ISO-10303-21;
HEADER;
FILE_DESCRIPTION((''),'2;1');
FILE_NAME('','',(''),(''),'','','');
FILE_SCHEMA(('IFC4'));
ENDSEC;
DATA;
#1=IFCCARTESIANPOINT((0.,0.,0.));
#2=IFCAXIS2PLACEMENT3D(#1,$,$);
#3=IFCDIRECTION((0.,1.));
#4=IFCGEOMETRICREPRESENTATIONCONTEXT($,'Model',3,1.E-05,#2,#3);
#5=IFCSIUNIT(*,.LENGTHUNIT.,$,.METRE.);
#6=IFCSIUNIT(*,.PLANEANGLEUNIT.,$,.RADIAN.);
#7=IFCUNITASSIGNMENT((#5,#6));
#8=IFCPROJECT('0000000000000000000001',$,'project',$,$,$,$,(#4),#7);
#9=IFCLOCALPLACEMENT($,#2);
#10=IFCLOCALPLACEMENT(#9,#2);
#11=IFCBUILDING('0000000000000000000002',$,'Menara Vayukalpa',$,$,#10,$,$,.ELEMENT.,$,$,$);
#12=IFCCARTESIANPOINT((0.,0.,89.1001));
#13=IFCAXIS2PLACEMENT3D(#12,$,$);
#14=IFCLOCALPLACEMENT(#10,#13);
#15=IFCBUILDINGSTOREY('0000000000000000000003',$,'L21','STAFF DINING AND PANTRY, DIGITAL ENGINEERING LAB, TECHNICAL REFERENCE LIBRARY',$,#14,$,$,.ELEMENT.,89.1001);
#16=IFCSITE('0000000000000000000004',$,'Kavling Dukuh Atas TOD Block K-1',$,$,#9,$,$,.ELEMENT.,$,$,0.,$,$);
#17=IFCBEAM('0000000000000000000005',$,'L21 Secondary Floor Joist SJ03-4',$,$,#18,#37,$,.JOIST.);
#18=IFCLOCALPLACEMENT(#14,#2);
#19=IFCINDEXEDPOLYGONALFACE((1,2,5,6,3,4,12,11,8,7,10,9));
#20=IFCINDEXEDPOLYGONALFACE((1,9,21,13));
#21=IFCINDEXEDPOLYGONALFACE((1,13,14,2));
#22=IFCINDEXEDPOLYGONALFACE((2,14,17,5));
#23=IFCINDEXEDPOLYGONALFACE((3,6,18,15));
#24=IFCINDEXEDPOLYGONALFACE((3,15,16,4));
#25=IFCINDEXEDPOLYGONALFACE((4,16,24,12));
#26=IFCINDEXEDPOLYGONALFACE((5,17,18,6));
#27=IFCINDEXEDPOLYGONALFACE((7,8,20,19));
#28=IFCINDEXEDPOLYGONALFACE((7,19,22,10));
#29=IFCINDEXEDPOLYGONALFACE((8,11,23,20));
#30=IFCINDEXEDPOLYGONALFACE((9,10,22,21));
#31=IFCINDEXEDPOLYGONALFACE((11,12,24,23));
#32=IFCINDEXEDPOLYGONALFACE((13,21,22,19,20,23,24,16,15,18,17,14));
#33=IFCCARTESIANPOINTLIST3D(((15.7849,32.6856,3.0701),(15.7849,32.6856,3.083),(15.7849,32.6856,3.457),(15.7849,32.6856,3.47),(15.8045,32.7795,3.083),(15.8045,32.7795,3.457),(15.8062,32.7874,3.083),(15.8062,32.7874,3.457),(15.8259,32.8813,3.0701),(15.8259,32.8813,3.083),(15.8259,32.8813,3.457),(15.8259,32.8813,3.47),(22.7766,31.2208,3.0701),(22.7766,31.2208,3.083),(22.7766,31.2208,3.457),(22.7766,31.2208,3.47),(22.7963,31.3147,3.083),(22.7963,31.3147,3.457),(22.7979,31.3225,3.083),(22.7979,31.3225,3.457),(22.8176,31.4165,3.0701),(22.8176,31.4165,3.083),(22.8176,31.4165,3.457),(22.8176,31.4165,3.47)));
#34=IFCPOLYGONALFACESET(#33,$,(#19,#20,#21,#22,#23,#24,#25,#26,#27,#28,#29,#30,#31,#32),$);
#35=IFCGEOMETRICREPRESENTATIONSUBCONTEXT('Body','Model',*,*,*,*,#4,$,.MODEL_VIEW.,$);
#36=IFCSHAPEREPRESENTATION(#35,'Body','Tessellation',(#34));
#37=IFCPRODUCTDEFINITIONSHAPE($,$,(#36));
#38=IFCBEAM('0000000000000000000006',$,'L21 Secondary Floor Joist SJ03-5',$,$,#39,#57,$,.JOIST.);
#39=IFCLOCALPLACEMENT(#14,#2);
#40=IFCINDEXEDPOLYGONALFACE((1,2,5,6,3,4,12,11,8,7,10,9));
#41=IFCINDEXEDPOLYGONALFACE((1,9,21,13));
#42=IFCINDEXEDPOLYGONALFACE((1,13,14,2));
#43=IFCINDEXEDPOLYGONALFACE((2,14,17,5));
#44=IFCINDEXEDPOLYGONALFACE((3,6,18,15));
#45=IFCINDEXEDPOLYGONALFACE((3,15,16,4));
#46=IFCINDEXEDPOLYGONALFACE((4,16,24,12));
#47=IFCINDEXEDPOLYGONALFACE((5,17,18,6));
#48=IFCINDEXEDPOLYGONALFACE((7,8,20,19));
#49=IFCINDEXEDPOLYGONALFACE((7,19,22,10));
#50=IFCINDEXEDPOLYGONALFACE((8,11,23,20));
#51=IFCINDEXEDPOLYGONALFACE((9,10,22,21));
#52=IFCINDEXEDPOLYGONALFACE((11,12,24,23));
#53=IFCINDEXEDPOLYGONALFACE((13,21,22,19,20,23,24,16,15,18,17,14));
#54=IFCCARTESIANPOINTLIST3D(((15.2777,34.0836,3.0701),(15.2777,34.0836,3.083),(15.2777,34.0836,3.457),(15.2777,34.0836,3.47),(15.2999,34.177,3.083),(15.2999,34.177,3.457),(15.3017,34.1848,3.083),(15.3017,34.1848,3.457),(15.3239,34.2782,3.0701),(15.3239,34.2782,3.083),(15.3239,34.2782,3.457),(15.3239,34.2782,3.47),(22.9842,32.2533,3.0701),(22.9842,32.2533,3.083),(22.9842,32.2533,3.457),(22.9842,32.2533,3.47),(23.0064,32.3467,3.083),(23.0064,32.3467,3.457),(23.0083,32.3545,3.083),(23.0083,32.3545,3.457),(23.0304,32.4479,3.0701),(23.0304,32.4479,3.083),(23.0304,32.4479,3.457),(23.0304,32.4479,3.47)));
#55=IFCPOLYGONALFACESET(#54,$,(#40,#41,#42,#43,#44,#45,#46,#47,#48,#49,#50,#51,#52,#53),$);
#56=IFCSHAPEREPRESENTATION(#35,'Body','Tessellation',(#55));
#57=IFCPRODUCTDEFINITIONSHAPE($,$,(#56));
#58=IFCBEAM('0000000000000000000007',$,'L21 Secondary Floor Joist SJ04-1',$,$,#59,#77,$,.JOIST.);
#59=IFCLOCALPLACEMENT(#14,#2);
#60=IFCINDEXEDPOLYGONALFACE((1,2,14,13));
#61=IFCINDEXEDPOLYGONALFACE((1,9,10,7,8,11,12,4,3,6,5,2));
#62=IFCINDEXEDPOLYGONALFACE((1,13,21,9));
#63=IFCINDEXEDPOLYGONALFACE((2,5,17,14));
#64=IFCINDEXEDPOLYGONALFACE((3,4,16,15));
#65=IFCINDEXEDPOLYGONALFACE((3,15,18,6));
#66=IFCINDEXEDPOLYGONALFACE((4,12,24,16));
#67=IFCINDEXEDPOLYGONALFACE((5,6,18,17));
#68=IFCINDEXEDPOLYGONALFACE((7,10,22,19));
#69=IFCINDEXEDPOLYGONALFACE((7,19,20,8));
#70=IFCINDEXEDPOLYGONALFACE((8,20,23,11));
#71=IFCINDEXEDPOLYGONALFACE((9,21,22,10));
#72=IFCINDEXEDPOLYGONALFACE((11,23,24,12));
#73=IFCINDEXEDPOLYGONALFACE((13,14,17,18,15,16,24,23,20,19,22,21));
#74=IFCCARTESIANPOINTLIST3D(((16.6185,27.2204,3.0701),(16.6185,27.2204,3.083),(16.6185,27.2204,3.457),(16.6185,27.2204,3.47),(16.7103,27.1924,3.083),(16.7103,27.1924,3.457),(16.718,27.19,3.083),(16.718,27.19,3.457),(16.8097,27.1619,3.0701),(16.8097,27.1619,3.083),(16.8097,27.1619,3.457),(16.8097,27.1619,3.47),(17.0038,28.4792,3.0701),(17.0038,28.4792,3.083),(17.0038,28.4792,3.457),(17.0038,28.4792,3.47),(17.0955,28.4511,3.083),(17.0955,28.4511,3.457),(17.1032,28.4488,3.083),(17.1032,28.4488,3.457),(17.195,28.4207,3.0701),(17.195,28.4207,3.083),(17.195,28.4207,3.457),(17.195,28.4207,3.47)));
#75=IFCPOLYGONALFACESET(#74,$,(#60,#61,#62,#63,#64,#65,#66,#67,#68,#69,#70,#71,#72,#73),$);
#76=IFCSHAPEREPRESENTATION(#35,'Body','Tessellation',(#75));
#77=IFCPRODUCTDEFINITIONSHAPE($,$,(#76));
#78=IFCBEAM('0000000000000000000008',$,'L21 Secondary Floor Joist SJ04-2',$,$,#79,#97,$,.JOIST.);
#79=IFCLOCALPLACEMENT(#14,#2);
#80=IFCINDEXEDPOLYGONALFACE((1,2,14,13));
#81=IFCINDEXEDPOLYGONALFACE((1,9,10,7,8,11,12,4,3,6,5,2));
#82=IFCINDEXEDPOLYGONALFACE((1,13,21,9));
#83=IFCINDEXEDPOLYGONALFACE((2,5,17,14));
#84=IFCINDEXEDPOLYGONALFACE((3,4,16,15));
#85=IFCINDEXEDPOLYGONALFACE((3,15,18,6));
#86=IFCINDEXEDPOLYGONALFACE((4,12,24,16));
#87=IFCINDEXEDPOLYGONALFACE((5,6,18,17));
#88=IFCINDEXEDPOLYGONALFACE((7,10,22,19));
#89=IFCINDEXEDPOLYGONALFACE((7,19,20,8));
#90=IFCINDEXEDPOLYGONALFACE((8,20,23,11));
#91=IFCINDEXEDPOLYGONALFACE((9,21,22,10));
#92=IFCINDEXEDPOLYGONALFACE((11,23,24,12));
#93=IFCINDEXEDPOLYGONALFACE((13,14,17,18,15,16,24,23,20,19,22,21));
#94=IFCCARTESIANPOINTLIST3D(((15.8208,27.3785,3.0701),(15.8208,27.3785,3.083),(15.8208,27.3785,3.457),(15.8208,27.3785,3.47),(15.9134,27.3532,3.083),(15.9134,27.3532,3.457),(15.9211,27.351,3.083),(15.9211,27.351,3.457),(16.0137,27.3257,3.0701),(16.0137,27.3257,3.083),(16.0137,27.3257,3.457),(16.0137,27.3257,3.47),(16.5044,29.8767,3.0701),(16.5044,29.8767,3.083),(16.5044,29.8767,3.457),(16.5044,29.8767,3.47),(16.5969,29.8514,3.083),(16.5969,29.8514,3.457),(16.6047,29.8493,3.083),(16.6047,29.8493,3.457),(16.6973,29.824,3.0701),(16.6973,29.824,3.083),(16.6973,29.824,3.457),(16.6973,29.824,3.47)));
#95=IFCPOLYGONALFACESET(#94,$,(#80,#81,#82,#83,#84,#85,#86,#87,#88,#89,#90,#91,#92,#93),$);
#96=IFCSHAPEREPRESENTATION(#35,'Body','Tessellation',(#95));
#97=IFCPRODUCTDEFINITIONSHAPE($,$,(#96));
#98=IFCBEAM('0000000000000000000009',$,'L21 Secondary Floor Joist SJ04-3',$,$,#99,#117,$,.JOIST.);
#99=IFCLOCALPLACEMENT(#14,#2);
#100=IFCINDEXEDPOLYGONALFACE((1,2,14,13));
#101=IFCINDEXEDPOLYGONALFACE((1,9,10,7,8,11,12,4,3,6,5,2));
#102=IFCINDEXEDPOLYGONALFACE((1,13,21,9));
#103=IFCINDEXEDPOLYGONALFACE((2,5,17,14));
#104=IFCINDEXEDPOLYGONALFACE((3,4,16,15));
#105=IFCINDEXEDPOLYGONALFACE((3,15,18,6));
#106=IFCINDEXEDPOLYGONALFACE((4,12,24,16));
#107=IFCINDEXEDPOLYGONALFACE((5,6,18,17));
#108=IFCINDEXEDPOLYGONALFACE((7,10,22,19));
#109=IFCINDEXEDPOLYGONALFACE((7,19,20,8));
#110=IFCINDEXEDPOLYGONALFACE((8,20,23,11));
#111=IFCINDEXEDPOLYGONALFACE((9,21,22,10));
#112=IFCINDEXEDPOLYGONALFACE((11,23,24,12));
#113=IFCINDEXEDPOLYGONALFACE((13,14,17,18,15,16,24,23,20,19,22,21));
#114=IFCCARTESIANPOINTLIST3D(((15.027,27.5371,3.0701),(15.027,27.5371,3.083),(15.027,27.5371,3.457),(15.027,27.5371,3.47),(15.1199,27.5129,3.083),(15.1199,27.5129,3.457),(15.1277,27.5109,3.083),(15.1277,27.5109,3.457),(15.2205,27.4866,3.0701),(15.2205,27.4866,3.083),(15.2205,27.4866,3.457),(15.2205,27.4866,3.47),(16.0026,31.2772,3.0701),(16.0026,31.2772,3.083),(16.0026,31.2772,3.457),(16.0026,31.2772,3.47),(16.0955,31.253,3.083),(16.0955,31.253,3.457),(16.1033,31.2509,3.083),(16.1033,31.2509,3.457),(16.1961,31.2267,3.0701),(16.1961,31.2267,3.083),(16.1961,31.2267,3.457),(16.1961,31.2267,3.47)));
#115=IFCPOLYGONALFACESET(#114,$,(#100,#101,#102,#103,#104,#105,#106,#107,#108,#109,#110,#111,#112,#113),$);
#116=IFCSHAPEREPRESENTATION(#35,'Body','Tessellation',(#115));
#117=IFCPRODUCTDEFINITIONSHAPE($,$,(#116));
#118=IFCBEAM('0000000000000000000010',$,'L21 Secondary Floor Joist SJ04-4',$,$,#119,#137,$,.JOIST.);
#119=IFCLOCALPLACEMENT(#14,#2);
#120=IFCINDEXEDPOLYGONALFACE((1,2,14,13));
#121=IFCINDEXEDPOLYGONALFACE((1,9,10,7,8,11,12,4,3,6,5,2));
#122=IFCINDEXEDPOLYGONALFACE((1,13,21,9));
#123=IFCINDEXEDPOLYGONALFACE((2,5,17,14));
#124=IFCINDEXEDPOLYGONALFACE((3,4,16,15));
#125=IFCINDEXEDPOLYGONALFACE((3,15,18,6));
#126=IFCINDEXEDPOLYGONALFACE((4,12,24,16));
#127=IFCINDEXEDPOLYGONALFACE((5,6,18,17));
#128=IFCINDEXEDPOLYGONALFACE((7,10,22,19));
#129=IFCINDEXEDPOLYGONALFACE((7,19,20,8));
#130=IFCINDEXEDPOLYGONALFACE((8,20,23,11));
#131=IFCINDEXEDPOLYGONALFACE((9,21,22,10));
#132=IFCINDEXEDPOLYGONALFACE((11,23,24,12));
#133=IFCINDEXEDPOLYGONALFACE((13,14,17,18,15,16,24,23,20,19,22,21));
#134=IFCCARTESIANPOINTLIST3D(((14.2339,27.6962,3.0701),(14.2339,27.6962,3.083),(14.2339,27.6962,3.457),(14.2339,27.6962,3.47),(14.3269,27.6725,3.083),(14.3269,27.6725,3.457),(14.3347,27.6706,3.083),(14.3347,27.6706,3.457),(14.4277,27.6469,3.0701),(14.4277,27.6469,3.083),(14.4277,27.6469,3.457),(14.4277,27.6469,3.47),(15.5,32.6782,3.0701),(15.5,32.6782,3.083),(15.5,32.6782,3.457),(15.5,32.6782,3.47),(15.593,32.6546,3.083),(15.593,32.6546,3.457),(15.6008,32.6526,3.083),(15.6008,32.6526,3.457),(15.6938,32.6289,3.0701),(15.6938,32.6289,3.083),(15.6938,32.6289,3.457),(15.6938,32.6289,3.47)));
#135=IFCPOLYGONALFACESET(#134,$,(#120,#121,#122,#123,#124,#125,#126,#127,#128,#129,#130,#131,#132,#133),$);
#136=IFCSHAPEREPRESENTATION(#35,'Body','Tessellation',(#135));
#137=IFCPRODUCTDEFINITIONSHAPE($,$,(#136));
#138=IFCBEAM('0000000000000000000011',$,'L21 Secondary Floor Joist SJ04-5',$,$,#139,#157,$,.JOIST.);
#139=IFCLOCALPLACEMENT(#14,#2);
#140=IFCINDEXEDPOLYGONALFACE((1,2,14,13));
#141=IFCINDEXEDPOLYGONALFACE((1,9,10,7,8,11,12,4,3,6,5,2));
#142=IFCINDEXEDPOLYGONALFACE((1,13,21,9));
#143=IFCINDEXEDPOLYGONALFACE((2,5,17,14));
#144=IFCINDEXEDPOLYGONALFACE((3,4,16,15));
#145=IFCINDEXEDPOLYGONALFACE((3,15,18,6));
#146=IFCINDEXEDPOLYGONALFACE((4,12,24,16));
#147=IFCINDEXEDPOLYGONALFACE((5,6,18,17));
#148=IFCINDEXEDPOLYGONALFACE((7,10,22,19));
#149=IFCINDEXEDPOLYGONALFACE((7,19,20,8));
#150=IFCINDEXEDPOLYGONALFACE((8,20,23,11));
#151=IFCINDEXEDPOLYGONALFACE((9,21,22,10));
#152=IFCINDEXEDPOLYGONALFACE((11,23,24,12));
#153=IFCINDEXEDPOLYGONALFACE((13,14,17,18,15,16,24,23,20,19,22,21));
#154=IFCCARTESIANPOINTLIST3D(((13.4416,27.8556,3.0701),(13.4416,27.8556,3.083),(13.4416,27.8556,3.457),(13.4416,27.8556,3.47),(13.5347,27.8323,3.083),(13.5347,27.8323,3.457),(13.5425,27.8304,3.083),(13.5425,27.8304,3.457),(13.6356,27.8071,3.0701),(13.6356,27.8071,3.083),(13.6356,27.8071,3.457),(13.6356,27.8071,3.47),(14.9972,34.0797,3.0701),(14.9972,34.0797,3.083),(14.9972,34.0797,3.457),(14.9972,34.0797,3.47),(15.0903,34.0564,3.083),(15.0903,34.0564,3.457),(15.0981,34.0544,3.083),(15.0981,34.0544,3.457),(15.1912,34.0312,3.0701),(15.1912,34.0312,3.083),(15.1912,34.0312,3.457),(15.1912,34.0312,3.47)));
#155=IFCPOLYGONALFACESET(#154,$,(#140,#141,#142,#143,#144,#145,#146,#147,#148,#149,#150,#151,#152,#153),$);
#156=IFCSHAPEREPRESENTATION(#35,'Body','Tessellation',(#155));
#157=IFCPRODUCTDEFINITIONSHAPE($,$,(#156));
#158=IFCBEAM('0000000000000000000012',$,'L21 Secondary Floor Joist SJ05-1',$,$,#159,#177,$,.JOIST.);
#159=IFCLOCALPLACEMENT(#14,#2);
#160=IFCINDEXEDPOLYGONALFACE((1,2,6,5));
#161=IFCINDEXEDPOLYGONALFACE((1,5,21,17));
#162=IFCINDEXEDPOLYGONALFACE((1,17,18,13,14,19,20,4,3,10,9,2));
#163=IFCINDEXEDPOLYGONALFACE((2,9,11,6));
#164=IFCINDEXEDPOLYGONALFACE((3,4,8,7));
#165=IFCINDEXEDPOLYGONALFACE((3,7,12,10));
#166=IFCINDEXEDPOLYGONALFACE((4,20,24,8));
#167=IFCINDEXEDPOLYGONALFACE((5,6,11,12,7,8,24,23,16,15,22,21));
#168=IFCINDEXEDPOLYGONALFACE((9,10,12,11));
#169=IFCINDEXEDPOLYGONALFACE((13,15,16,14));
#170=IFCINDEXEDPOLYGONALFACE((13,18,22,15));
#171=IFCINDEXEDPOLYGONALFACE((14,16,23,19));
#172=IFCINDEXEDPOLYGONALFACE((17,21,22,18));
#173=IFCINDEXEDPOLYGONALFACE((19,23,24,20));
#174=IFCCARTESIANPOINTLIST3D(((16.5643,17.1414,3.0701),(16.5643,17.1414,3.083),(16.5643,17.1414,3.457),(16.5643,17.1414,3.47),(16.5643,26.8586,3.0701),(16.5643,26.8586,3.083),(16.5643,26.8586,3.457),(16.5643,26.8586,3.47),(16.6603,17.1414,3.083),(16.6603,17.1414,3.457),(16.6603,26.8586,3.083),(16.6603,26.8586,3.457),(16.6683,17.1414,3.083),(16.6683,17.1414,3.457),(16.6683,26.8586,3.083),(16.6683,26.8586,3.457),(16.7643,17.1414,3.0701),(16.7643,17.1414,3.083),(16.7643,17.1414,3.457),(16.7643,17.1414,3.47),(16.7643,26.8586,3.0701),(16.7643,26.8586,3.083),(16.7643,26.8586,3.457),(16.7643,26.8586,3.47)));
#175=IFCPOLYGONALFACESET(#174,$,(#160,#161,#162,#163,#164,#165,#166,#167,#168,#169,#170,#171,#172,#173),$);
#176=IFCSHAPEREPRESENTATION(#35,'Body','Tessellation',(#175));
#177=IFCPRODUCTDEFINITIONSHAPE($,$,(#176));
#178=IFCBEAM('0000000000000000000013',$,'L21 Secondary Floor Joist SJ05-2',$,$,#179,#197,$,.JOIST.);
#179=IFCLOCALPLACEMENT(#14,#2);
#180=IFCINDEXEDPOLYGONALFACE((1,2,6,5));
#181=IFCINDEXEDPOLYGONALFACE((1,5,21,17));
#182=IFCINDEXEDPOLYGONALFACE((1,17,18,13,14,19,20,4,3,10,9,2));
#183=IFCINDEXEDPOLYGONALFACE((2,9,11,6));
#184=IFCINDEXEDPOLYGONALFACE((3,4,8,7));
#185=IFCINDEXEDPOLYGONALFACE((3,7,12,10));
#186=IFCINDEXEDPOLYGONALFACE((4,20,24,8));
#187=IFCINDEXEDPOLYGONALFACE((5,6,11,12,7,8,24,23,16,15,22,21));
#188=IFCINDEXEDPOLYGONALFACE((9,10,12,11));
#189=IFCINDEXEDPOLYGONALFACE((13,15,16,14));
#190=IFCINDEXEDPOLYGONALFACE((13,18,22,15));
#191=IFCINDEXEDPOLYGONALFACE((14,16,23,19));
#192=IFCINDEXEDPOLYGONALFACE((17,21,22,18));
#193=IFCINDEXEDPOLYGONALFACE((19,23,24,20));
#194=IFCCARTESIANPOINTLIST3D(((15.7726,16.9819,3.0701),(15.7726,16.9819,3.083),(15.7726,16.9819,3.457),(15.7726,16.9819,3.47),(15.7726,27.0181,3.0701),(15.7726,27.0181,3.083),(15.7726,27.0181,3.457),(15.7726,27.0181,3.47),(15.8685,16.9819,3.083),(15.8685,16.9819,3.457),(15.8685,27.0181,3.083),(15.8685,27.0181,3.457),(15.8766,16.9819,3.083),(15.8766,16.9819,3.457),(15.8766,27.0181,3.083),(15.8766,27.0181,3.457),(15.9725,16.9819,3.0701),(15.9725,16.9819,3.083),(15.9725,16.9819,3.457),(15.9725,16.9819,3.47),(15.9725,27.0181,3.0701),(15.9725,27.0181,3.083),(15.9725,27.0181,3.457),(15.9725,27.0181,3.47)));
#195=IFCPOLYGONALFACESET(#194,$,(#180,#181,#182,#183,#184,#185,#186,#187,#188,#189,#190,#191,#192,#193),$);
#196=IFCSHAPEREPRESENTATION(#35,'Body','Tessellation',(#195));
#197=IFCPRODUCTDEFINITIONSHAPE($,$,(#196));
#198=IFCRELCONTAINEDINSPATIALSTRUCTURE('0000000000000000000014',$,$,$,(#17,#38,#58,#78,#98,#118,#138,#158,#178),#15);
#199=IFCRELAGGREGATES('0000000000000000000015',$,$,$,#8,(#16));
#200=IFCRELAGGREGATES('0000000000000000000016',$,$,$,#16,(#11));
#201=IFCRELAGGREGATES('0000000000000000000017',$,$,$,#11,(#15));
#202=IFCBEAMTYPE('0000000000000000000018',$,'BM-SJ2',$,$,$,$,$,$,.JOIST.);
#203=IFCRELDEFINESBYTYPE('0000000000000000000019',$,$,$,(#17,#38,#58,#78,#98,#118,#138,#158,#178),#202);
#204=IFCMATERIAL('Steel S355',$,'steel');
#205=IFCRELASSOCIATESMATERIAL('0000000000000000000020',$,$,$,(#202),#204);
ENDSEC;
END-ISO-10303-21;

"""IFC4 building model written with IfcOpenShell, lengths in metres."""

from ifc_helpers import new_model, si_unit, direction, frame, origin, origin_2d, place, context, subcontext, project, spatial, i_section, extrude, material, material_profile, profile_set, type_object, element, save


model = new_model("IFC4")

# Units and contexts
model_context = context("Model", 3, precision=1e-05, world=origin(), true_north=direction((0.0, 1.0)))
body_context = subcontext(model_context, "Body", "Model", "MODEL_VIEW")
ifc_project = project(units=[si_unit("LENGTHUNIT", "METRE"), si_unit("PLANEANGLEUNIT", "RADIAN")], contexts=[model_context])

# Site, building, storey
site_placement = place(None, origin())
site = spatial("IfcSite", under=ifc_project, at=site_placement, Name="Kavling Dukuh Atas TOD Block K-1", CompositionType="ELEMENT", RefElevation=0.0)
building_placement = place(site_placement, origin())
building = spatial("IfcBuilding", under=site, at=building_placement, Name="Menara Vayukalpa", CompositionType="ELEMENT")
storey_placement = place(building_placement, frame((0.0, 0.0, 89.1001)))
storey = spatial("IfcBuildingStorey", under=building, at=storey_placement, Name="L21", Description="STAFF DINING AND PANTRY, DIGITAL ENGINEERING LAB, TECHNICAL REFERENCE LIBRARY", CompositionType="ELEMENT", Elevation=89.1001)

# Beams
ifc_material_1 = material(Name="Steel S355", Category="steel")
ifc_material_profile_1 = material_profile(ifc_material_1, i_section(OverallWidth=0.2, OverallDepth=0.3999, WebThickness=0.0081, FlangeThickness=0.0129, at=origin_2d()), Name="WF 400x200x8x13")
ifc_profile_set_1 = profile_set([ifc_material_profile_1], Name="Steel S355")
beam_type_1 = type_object("IfcBeamType", Name="BM-SJ2", PredefinedType="JOIST", material=ifc_profile_set_1)
beam_1_placement = place(storey_placement, frame((22.7971, 31.3186, 3.27), z_axis=(-0.978749, 0.20506, 0.0), x_axis=(-0.20506, -0.978749, 0.0)))
element("IfcBeam", 1, at=beam_1_placement, inside=storey, type_object=beam_type_1, Name="L21 Secondary Floor Joist SJ03-4", PredefinedType="JOIST", context=body_context, shape_type="SweptSolid", body=[
    extrude(i_section(OverallWidth=0.2, OverallDepth=0.3999, WebThickness=0.0081, FlangeThickness=0.0129, at=origin_2d()), origin(), (0.0, 0.0, 1.0), 7.1436),
])
beam_2_placement = place(storey_placement, frame((23.0073, 32.3506, 3.27), z_axis=(-0.972936, 0.231075, 0.0), x_axis=(-0.231075, -0.972936, 0.0)))
element("IfcBeam", 2, at=beam_2_placement, inside=storey, type_object=beam_type_1, Name="L21 Secondary Floor Joist SJ03-5", PredefinedType="JOIST", context=body_context, shape_type="SweptSolid", body=[
    extrude(i_section(OverallWidth=0.2, OverallDepth=0.3999, WebThickness=0.0081, FlangeThickness=0.0129, at=origin_2d()), origin(), (0.0, 0.0, 1.0), 7.9209),
])
beam_3_placement = place(storey_placement, frame((17.0994, 28.45, 3.27), z_axis=(-0.292652, -0.956219, 0.0), x_axis=(0.956219, -0.292652, 0.0)))
element("IfcBeam", 3, at=beam_3_placement, inside=storey, type_object=beam_type_1, Name="L21 Secondary Floor Joist SJ04-1", PredefinedType="JOIST", context=body_context, shape_type="SweptSolid", body=[
    extrude(i_section(OverallWidth=0.2, OverallDepth=0.3999, WebThickness=0.0081, FlangeThickness=0.0129, at=origin_2d()), origin(), (0.0, 0.0, 1.0), 1.3164),
])
beam_4_placement = place(storey_placement, frame((16.6008, 29.8503, 3.27), z_axis=(-0.263923, -0.964544, 0.0), x_axis=(0.964544, -0.263923, 0.0)))
element("IfcBeam", 4, at=beam_4_placement, inside=storey, type_object=beam_type_1, Name="L21 Secondary Floor Joist SJ04-2", PredefinedType="JOIST", context=body_context, shape_type="SweptSolid", body=[
    extrude(i_section(OverallWidth=0.2, OverallDepth=0.3999, WebThickness=0.0081, FlangeThickness=0.0129, at=origin_2d()), origin(), (0.0, 0.0, 1.0), 2.5901),
])
beam_5_placement = place(storey_placement, frame((16.0994, 31.252, 3.27), z_axis=(-0.252406, -0.967621, 0.0), x_axis=(0.967621, -0.252406, 0.0)))
element("IfcBeam", 5, at=beam_5_placement, inside=storey, type_object=beam_type_1, Name="L21 Secondary Floor Joist SJ04-3", PredefinedType="JOIST", context=body_context, shape_type="SweptSolid", body=[
    extrude(i_section(OverallWidth=0.2, OverallDepth=0.3999, WebThickness=0.0081, FlangeThickness=0.0129, at=origin_2d()), origin(), (0.0, 0.0, 1.0), 3.8652),
])
beam_6_placement = place(storey_placement, frame((15.5969, 32.6536, 3.27), z_axis=(-0.246311, -0.969191, 0.0), x_axis=(0.969191, -0.246311, 0.0)))
element("IfcBeam", 6, at=beam_6_placement, inside=storey, type_object=beam_type_1, Name="L21 Secondary Floor Joist SJ04-4", PredefinedType="JOIST", context=body_context, shape_type="SweptSolid", body=[
    extrude(i_section(OverallWidth=0.2, OverallDepth=0.3999, WebThickness=0.0081, FlangeThickness=0.0129, at=origin_2d()), origin(), (0.0, 0.0, 1.0), 5.1404),
])
beam_7_placement = place(storey_placement, frame((15.0942, 34.0554, 3.27), z_axis=(-0.242482, -0.970156, 0.0), x_axis=(0.970156, -0.242482, 0.0)))
element("IfcBeam", 7, at=beam_7_placement, inside=storey, type_object=beam_type_1, Name="L21 Secondary Floor Joist SJ04-5", PredefinedType="JOIST", context=body_context, shape_type="SweptSolid", body=[
    extrude(i_section(OverallWidth=0.2, OverallDepth=0.3999, WebThickness=0.0081, FlangeThickness=0.0129, at=origin_2d()), origin(), (0.0, 0.0, 1.0), 6.4155),
])
beam_8_placement = place(storey_placement, frame((16.6643, 26.8586, 3.27), z_axis=(0.0, -1.0, 0.0), x_axis=(1.0, 0.0, 0.0)))
element("IfcBeam", 8, at=beam_8_placement, inside=storey, type_object=beam_type_1, Name="L21 Secondary Floor Joist SJ05-1", PredefinedType="JOIST", context=body_context, shape_type="SweptSolid", body=[
    extrude(i_section(OverallWidth=0.2, OverallDepth=0.3999, WebThickness=0.0081, FlangeThickness=0.0129, at=origin_2d()), origin(), (0.0, 0.0, 1.0), 9.7173),
])
beam_9_placement = place(storey_placement, frame((15.8726, 27.0181, 3.27), z_axis=(0.0, -1.0, 0.0), x_axis=(1.0, 0.0, 0.0)))
element("IfcBeam", 9, at=beam_9_placement, inside=storey, type_object=beam_type_1, Name="L21 Secondary Floor Joist SJ05-2", PredefinedType="JOIST", context=body_context, shape_type="SweptSolid", body=[
    extrude(i_section(OverallWidth=0.2, OverallDepth=0.3999, WebThickness=0.0081, FlangeThickness=0.0129, at=origin_2d()), origin(), (0.0, 0.0, 1.0), 10.0361),
])

save(model, "model.ifc")
